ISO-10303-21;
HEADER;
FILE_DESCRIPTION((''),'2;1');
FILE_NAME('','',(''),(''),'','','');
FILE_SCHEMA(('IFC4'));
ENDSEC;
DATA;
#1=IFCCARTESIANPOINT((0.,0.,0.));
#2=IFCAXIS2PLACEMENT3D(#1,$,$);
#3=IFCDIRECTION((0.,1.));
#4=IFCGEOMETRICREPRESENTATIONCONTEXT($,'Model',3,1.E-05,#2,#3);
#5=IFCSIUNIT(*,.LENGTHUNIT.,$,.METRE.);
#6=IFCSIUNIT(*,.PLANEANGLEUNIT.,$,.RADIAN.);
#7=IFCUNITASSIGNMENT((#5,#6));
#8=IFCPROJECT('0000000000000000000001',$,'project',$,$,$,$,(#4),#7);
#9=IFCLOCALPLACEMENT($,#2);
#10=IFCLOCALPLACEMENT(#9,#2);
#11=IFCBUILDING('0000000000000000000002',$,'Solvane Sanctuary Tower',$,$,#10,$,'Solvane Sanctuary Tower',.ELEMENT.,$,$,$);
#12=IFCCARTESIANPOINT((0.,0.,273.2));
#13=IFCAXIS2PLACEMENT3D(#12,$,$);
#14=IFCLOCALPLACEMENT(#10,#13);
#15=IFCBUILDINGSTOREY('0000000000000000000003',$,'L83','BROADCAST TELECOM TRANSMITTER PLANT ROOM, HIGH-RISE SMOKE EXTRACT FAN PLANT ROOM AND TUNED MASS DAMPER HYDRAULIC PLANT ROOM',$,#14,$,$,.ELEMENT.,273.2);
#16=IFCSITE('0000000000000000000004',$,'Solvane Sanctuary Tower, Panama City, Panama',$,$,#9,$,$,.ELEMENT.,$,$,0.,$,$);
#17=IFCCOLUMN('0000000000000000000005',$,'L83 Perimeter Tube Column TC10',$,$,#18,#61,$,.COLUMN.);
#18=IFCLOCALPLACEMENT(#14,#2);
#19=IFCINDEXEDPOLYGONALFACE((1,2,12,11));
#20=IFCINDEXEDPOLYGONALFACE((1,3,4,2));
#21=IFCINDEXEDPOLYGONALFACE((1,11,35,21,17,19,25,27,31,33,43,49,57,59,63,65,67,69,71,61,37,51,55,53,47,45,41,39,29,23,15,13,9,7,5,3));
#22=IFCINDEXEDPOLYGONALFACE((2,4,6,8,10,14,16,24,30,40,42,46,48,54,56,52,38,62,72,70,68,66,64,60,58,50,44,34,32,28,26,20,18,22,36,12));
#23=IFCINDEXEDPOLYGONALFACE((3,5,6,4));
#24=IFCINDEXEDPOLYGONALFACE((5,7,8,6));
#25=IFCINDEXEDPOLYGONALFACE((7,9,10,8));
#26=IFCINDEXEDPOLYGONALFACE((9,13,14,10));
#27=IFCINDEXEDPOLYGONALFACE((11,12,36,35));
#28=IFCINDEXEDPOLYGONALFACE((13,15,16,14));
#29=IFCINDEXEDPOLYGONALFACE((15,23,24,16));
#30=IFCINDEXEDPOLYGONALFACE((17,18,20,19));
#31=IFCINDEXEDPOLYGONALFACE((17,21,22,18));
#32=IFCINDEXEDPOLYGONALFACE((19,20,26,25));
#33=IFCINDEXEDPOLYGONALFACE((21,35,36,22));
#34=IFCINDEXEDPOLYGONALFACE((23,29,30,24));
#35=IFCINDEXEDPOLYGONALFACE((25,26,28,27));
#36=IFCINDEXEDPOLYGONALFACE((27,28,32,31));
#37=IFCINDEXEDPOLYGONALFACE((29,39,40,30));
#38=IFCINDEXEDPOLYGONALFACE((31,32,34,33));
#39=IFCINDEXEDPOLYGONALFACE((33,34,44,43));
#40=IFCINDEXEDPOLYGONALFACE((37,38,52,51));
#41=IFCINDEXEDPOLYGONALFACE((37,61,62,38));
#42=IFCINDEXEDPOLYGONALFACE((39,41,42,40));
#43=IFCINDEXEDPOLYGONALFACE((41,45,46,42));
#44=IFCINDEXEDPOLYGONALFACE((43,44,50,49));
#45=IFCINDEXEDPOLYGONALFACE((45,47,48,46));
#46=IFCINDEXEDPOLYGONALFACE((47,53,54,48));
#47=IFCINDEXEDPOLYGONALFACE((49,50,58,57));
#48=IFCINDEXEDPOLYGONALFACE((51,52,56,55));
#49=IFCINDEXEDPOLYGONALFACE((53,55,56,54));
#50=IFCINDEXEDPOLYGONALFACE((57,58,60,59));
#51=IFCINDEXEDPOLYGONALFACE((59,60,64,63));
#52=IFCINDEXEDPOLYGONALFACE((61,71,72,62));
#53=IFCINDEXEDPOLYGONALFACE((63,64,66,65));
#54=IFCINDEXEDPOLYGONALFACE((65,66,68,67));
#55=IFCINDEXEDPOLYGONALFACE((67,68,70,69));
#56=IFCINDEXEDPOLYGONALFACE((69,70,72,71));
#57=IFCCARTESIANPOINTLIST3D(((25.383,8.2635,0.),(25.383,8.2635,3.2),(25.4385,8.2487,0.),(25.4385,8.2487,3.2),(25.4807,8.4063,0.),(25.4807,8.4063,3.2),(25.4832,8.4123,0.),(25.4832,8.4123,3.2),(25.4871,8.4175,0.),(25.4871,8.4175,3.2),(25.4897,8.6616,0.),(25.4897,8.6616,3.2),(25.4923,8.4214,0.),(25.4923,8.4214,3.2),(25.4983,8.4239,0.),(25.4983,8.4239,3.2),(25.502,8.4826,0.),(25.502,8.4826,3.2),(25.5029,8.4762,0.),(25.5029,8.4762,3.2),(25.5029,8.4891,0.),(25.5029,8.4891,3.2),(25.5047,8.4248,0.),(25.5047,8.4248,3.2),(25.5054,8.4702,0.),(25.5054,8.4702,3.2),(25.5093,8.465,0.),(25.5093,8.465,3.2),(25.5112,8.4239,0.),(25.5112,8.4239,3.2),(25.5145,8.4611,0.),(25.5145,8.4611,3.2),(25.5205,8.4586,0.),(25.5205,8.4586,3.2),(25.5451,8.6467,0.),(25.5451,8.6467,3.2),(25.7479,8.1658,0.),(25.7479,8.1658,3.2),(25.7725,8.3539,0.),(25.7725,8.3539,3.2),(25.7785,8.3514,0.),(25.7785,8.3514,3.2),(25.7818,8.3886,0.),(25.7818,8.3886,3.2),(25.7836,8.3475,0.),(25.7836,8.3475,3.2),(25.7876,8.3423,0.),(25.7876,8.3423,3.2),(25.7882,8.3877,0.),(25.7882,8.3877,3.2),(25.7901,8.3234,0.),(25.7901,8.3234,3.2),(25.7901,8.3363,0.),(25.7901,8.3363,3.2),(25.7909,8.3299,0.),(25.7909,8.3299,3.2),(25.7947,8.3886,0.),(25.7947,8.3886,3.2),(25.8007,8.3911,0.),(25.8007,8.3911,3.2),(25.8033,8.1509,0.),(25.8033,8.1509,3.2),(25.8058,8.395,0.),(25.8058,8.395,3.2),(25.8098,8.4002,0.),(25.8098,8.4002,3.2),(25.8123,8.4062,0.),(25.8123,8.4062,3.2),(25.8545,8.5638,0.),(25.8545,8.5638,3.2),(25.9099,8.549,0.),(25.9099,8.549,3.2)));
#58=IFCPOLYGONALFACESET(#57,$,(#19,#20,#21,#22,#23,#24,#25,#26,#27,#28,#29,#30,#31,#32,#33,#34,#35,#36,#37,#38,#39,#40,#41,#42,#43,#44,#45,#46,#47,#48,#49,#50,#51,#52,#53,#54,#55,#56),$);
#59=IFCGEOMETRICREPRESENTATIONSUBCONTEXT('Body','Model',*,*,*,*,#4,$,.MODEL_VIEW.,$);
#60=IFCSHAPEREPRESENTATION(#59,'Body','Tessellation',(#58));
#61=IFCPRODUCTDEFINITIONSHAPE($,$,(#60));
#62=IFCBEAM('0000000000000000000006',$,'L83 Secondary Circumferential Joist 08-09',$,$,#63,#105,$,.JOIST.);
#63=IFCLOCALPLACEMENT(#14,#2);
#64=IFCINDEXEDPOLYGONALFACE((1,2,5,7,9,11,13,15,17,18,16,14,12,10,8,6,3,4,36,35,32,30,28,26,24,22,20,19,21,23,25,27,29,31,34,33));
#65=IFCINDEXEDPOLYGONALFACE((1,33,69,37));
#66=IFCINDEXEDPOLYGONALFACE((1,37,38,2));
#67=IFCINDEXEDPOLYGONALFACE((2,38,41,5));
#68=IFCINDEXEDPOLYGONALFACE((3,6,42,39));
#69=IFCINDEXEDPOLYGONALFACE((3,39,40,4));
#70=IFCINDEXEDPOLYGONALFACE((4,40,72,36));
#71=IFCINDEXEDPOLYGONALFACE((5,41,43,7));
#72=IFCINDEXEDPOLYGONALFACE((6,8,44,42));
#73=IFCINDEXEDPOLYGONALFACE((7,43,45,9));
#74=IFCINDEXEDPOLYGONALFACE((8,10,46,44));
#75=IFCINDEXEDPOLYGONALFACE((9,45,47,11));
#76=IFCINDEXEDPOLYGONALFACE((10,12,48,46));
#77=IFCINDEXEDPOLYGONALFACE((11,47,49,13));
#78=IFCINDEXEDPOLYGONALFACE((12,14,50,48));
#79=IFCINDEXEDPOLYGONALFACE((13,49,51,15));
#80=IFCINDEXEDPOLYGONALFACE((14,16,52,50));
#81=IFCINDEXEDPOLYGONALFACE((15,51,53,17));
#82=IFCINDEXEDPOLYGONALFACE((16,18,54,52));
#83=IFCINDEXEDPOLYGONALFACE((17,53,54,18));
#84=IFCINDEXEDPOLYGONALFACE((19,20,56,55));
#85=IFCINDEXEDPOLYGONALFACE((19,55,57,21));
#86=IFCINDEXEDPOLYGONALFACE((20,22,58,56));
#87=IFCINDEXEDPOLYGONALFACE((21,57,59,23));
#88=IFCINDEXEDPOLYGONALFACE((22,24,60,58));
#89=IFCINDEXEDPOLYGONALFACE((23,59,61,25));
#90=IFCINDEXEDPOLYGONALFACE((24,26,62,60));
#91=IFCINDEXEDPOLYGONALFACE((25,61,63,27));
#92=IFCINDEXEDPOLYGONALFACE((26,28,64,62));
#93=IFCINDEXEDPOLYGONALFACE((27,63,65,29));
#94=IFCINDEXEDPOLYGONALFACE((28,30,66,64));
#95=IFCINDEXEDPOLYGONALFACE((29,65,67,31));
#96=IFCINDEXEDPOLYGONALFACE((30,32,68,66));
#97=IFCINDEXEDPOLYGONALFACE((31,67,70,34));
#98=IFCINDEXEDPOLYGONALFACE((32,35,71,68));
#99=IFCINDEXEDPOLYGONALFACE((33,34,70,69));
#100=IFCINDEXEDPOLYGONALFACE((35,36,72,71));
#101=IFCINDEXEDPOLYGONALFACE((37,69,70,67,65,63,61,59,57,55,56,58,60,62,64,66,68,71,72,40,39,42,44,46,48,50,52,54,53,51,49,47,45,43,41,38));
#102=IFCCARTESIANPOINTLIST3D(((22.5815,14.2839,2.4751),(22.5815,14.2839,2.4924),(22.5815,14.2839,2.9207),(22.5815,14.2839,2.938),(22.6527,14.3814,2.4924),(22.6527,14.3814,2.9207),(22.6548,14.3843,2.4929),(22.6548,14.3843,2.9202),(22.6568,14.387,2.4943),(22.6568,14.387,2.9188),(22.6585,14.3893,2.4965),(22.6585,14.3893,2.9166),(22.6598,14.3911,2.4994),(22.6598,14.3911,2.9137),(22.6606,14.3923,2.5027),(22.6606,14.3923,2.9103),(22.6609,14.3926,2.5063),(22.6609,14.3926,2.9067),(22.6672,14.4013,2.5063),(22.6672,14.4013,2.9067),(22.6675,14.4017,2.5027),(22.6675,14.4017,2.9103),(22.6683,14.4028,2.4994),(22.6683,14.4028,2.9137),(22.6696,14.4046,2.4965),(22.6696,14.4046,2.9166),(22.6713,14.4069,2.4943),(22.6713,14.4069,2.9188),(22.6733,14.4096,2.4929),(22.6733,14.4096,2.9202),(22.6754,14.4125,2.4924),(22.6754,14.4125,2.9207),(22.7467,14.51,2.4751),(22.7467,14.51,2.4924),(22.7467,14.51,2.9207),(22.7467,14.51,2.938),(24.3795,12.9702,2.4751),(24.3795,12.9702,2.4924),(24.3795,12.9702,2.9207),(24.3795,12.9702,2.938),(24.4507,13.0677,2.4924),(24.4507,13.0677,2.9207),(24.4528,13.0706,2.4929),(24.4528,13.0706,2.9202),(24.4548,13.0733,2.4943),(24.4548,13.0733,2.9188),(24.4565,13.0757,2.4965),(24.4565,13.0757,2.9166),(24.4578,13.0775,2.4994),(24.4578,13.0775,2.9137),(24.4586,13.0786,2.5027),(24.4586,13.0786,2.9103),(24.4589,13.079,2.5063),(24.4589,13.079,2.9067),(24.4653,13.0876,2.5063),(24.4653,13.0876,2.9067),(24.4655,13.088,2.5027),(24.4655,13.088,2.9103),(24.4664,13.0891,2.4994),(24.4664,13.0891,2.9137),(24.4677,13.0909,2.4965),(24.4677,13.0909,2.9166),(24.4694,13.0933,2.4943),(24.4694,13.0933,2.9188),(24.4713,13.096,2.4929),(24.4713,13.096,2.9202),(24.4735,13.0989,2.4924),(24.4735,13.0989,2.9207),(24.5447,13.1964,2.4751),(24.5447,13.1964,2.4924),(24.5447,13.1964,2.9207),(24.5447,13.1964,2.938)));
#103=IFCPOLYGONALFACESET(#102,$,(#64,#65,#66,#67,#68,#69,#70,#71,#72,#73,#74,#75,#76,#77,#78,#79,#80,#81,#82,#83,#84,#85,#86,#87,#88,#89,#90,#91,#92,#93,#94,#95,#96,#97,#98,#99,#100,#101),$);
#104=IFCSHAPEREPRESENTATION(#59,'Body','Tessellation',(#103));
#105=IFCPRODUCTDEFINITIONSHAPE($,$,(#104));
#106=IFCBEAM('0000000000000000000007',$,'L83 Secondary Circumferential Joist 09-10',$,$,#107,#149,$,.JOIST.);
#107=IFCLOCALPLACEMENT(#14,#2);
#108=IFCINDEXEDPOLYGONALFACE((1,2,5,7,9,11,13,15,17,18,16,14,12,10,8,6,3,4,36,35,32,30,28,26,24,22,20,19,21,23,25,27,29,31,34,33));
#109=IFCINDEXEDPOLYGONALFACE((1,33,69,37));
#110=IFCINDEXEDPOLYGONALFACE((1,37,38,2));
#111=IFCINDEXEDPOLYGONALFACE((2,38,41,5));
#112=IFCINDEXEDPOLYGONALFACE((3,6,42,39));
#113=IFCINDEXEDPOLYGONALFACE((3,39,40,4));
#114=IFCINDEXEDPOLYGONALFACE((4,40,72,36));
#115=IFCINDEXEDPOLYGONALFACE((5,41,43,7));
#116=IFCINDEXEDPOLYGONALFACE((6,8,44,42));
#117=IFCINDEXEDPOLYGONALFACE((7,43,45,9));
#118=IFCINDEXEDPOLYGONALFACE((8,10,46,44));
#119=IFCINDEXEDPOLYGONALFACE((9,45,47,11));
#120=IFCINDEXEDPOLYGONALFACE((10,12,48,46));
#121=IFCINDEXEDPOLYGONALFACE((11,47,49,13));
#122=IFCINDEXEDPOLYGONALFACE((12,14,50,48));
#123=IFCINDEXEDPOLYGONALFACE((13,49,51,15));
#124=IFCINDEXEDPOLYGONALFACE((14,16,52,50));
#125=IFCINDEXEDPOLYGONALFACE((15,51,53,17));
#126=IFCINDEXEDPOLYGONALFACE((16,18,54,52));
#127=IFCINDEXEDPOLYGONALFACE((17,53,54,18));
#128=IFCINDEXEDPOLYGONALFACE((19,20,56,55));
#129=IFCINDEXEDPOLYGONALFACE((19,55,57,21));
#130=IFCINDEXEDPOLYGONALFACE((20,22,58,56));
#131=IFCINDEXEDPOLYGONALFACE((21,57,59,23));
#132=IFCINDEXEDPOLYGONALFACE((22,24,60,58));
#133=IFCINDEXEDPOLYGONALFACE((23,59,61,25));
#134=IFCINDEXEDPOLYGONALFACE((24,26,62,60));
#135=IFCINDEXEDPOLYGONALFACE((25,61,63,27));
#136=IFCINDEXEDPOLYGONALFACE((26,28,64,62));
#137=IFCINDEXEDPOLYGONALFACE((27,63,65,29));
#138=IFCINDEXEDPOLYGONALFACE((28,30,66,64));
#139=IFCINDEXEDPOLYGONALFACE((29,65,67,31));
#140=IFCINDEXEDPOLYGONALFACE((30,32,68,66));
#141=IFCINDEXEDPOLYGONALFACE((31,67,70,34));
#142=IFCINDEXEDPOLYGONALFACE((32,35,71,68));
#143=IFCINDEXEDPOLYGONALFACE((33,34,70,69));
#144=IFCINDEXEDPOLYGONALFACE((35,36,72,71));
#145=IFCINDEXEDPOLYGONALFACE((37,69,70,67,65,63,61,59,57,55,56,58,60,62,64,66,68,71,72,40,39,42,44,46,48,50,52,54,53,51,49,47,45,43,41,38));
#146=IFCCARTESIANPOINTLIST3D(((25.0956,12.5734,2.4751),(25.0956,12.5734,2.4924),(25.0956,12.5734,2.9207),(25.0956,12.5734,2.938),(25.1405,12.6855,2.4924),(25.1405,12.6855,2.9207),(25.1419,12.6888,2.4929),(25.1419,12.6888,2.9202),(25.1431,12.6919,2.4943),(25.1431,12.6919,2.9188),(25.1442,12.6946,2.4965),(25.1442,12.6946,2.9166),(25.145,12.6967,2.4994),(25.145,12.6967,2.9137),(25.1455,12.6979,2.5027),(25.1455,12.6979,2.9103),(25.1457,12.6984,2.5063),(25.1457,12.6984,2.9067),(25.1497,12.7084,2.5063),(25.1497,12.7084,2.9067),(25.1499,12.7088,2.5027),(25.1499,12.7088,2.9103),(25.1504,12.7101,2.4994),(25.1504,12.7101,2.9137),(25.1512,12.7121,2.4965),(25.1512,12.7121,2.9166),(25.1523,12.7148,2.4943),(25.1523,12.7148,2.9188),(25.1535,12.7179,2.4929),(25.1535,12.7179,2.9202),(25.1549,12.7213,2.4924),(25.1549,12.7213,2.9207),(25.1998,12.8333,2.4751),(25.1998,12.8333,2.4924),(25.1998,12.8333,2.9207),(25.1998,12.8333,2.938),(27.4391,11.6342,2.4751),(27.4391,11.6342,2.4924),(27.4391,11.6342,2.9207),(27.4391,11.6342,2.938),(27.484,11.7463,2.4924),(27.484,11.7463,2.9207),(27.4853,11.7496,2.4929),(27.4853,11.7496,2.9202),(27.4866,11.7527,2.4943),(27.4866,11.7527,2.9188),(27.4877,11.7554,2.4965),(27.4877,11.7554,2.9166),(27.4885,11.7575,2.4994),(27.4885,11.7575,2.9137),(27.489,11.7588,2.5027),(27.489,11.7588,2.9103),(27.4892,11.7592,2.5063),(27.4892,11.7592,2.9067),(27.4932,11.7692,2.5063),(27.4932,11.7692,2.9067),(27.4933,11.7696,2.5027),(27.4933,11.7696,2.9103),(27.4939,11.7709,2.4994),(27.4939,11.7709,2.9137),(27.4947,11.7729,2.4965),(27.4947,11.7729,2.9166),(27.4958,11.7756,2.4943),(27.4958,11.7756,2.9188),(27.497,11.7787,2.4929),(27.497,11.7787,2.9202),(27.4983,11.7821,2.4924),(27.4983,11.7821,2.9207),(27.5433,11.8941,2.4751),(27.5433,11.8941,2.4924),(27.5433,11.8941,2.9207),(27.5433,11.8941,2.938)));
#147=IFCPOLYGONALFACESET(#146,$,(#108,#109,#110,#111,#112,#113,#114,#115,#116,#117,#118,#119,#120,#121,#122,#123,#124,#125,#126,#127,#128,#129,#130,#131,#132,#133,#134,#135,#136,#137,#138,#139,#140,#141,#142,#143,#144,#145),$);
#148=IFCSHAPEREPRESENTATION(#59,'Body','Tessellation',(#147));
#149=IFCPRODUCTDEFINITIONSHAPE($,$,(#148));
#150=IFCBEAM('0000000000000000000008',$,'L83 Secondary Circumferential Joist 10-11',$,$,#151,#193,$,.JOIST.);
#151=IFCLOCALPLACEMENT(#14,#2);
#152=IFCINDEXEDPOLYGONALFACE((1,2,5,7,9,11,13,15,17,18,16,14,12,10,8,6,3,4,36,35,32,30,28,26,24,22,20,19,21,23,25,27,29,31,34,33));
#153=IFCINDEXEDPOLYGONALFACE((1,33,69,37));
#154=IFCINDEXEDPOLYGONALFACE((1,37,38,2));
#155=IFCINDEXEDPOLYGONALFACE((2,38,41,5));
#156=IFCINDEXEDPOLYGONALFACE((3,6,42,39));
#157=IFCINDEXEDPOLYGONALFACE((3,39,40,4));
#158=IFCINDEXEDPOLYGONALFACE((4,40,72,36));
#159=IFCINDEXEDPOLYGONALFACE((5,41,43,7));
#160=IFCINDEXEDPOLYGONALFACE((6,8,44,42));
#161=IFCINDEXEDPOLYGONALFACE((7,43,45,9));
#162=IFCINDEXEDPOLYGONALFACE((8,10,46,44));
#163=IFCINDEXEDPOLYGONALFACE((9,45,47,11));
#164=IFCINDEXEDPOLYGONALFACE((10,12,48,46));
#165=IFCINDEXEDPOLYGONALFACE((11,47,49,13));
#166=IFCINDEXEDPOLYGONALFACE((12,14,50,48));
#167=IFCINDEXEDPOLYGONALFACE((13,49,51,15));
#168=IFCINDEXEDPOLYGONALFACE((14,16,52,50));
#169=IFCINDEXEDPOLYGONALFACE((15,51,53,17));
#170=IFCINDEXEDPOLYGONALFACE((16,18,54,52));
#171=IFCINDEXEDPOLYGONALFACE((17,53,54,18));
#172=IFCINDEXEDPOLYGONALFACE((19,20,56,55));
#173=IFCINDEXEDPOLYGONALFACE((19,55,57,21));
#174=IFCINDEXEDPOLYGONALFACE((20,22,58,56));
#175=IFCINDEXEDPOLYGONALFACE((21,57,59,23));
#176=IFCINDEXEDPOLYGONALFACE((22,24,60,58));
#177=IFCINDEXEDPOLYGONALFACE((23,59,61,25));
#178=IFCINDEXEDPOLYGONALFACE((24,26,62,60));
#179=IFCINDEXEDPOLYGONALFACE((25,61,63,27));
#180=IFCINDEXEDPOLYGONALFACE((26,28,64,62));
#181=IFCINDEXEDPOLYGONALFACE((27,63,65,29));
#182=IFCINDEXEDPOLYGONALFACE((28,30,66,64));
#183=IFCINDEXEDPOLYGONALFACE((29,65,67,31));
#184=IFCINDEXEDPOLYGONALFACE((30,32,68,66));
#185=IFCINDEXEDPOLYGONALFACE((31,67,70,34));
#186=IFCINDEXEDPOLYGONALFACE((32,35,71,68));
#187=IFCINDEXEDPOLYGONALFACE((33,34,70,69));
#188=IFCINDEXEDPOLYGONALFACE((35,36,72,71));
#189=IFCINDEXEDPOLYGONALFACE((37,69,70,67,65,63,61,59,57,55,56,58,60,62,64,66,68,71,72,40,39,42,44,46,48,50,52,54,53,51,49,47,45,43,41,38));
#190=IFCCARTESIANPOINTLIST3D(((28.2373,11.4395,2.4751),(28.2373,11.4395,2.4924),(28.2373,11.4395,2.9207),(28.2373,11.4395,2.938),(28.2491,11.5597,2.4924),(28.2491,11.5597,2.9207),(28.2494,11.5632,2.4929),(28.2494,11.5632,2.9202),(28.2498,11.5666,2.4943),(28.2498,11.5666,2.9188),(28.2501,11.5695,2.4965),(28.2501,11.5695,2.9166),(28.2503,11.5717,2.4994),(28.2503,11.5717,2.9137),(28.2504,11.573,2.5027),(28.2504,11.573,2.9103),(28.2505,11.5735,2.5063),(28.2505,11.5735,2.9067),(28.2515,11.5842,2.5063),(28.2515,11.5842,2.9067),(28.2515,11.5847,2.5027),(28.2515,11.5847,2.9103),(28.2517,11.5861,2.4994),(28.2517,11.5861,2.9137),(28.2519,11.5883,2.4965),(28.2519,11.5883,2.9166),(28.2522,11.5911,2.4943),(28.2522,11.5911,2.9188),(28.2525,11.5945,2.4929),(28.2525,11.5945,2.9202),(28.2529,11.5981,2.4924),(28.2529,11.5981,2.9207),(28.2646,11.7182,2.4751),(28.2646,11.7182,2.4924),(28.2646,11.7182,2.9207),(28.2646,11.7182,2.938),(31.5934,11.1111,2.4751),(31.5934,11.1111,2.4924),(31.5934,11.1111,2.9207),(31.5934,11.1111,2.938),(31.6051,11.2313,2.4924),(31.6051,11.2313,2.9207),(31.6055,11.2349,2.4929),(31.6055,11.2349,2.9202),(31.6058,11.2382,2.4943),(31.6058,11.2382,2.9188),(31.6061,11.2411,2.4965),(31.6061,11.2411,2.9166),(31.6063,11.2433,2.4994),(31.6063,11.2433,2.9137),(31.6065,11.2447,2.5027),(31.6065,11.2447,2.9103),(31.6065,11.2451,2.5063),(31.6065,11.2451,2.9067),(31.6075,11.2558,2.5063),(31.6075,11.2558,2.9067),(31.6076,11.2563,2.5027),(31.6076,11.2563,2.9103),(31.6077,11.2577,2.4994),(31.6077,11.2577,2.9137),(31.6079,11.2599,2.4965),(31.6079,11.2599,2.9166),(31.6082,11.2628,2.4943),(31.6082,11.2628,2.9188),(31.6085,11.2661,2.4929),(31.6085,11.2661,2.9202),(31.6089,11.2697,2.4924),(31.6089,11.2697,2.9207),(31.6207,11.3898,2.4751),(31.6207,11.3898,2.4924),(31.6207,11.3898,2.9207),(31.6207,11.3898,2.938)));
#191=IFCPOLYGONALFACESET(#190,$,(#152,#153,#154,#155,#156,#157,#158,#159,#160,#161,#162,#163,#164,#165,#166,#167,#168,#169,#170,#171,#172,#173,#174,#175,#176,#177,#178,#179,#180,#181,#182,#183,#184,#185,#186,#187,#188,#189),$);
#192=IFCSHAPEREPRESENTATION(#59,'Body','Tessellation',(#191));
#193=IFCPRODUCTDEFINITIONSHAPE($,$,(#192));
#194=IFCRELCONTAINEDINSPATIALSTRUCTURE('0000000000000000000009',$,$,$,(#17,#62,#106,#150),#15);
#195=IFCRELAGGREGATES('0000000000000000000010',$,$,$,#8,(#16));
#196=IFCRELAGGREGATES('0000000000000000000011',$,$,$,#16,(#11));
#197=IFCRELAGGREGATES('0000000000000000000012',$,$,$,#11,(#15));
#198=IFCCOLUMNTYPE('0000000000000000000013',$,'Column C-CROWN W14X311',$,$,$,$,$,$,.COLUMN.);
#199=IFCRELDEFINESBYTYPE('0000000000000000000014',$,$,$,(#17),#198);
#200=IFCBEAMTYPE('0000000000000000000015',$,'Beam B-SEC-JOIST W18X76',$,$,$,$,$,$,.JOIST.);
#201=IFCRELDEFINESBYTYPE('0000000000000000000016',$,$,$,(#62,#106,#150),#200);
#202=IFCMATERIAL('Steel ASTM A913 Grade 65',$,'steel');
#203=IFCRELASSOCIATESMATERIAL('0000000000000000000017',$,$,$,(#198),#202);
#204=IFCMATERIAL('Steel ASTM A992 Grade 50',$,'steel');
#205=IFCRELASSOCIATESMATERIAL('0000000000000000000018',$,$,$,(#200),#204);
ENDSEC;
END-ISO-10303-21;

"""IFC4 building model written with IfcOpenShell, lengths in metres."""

from ifc_helpers import new_model, si_unit, direction, frame, origin, origin_2d, place, context, subcontext, project, spatial, i_section, extrude, material, material_profile, profile_set, type_object, element, save


model = new_model("IFC4")

# Units and contexts
model_context = context("Model", 3, precision=1e-05, world=origin(), true_north=direction((0.0, 1.0)))
body_context = subcontext(model_context, "Body", "Model", "MODEL_VIEW")
ifc_project = project(units=[si_unit("LENGTHUNIT", "METRE"), si_unit("PLANEANGLEUNIT", "RADIAN")], contexts=[model_context])

# Site, building, storey
site_placement = place(None, origin())
site = spatial("IfcSite", under=ifc_project, at=site_placement, Name="Solvane Sanctuary Tower, Panama City, Panama", CompositionType="ELEMENT", RefElevation=0.0)
building_placement = place(site_placement, origin())
building = spatial("IfcBuilding", under=site, at=building_placement, Name="Solvane Sanctuary Tower", LongName="Solvane Sanctuary Tower", CompositionType="ELEMENT")
storey_placement = place(building_placement, frame((0.0, 0.0, 273.2)))
storey = spatial("IfcBuildingStorey", under=building, at=storey_placement, Name="L83", Description="BROADCAST TELECOM TRANSMITTER PLANT ROOM, HIGH-RISE SMOKE EXTRACT FAN PLANT ROOM AND TUNED MASS DAMPER HYDRAULIC PLANT ROOM", CompositionType="ELEMENT", Elevation=273.2)

# Column
ifc_material_1 = material(Name="Steel ASTM A913 Grade 65", Category="steel")
ifc_material_profile_1 = material_profile(ifc_material_1, i_section(OverallWidth=0.4121, OverallDepth=0.4351, WebThickness=0.0359, FlangeThickness=0.0574, FilletRadius=0.0249, at=origin_2d()), Name="W14X311")
ifc_profile_set_1 = profile_set([ifc_material_profile_1], Name="Steel ASTM A913 Grade 65")
column_type = type_object("IfcColumnType", Name="Column C-CROWN W14X311", PredefinedType="COLUMN", material=ifc_profile_set_1)
column_placement = place(storey_placement, frame((25.6465, 8.4062, 0.0), z_axis=(0.0, 0.0, 1.0), x_axis=(-0.258819, -0.965926, 0.0)))
element("IfcColumn", 1, at=column_placement, inside=storey, type_object=column_type, Name="L83 Perimeter Tube Column TC10", PredefinedType="COLUMN", context=body_context, shape_type="SweptSolid", body=[
    extrude(i_section(OverallWidth=0.4121, OverallDepth=0.4351, WebThickness=0.0359, FlangeThickness=0.0574, FilletRadius=0.0249, at=origin_2d()), origin(), (0.0, 0.0, 1.0), 3.2),
])

# Beams
ifc_material_2 = material(Name="Steel ASTM A992 Grade 50", Category="steel")
ifc_material_profile_2 = material_profile(ifc_material_2, i_section(OverallWidth=0.28, OverallDepth=0.4629, WebThickness=0.0107, FlangeThickness=0.0173, FilletRadius=0.0139, at=origin_2d()), Name="W18X76")
ifc_profile_set_2 = profile_set([ifc_material_profile_2], Name="Steel ASTM A992 Grade 50")
beam_type_1 = type_object("IfcBeamType", Name="Beam B-SEC-JOIST W18X76", PredefinedType="JOIST", material=ifc_profile_set_2)
beam_1_placement = place(storey_placement, frame((22.6641, 14.397, 2.7065), z_axis=(0.807449, -0.589937, 0.0), x_axis=(0.589937, 0.807449, 0.0)))
element("IfcBeam", 2, at=beam_1_placement, inside=storey, type_object=beam_type_1, Name="L83 Secondary Circumferential Joist 08-09", PredefinedType="JOIST", context=body_context, shape_type="SweptSolid", body=[
    extrude(i_section(OverallWidth=0.28, OverallDepth=0.4629, WebThickness=0.0107, FlangeThickness=0.0173, FilletRadius=0.0139, at=origin_2d()), origin(), (0.0, 0.0, 1.0), 2.2268),
])
beam_2_placement = place(storey_placement, frame((25.1477, 12.7034, 2.7065), z_axis=(0.92823, -0.372007, 0.0), x_axis=(0.372007, 0.92823, 0.0)))
element("IfcBeam", 3, at=beam_2_placement, inside=storey, type_object=beam_type_1, Name="L83 Secondary Circumferential Joist 09-10", PredefinedType="JOIST", context=body_context, shape_type="SweptSolid", body=[
    extrude(i_section(OverallWidth=0.28, OverallDepth=0.4629, WebThickness=0.0107, FlangeThickness=0.0173, FilletRadius=0.0139, at=origin_2d()), origin(), (0.0, 0.0, 1.0), 2.5247),
])
beam_3_placement = place(storey_placement, frame((28.251, 11.5789, 2.7065), z_axis=(0.995247, -0.097382, 0.0), x_axis=(0.097382, 0.995247, 0.0)))
element("IfcBeam", 4, at=beam_3_placement, inside=storey, type_object=beam_type_1, Name="L83 Secondary Circumferential Joist 10-11", PredefinedType="JOIST", context=body_context, shape_type="SweptSolid", body=[
    extrude(i_section(OverallWidth=0.28, OverallDepth=0.4629, WebThickness=0.0107, FlangeThickness=0.0173, FilletRadius=0.0139, at=origin_2d()), origin(), (0.0, 0.0, 1.0), 3.3721),
])

save(model, "model.ifc")
